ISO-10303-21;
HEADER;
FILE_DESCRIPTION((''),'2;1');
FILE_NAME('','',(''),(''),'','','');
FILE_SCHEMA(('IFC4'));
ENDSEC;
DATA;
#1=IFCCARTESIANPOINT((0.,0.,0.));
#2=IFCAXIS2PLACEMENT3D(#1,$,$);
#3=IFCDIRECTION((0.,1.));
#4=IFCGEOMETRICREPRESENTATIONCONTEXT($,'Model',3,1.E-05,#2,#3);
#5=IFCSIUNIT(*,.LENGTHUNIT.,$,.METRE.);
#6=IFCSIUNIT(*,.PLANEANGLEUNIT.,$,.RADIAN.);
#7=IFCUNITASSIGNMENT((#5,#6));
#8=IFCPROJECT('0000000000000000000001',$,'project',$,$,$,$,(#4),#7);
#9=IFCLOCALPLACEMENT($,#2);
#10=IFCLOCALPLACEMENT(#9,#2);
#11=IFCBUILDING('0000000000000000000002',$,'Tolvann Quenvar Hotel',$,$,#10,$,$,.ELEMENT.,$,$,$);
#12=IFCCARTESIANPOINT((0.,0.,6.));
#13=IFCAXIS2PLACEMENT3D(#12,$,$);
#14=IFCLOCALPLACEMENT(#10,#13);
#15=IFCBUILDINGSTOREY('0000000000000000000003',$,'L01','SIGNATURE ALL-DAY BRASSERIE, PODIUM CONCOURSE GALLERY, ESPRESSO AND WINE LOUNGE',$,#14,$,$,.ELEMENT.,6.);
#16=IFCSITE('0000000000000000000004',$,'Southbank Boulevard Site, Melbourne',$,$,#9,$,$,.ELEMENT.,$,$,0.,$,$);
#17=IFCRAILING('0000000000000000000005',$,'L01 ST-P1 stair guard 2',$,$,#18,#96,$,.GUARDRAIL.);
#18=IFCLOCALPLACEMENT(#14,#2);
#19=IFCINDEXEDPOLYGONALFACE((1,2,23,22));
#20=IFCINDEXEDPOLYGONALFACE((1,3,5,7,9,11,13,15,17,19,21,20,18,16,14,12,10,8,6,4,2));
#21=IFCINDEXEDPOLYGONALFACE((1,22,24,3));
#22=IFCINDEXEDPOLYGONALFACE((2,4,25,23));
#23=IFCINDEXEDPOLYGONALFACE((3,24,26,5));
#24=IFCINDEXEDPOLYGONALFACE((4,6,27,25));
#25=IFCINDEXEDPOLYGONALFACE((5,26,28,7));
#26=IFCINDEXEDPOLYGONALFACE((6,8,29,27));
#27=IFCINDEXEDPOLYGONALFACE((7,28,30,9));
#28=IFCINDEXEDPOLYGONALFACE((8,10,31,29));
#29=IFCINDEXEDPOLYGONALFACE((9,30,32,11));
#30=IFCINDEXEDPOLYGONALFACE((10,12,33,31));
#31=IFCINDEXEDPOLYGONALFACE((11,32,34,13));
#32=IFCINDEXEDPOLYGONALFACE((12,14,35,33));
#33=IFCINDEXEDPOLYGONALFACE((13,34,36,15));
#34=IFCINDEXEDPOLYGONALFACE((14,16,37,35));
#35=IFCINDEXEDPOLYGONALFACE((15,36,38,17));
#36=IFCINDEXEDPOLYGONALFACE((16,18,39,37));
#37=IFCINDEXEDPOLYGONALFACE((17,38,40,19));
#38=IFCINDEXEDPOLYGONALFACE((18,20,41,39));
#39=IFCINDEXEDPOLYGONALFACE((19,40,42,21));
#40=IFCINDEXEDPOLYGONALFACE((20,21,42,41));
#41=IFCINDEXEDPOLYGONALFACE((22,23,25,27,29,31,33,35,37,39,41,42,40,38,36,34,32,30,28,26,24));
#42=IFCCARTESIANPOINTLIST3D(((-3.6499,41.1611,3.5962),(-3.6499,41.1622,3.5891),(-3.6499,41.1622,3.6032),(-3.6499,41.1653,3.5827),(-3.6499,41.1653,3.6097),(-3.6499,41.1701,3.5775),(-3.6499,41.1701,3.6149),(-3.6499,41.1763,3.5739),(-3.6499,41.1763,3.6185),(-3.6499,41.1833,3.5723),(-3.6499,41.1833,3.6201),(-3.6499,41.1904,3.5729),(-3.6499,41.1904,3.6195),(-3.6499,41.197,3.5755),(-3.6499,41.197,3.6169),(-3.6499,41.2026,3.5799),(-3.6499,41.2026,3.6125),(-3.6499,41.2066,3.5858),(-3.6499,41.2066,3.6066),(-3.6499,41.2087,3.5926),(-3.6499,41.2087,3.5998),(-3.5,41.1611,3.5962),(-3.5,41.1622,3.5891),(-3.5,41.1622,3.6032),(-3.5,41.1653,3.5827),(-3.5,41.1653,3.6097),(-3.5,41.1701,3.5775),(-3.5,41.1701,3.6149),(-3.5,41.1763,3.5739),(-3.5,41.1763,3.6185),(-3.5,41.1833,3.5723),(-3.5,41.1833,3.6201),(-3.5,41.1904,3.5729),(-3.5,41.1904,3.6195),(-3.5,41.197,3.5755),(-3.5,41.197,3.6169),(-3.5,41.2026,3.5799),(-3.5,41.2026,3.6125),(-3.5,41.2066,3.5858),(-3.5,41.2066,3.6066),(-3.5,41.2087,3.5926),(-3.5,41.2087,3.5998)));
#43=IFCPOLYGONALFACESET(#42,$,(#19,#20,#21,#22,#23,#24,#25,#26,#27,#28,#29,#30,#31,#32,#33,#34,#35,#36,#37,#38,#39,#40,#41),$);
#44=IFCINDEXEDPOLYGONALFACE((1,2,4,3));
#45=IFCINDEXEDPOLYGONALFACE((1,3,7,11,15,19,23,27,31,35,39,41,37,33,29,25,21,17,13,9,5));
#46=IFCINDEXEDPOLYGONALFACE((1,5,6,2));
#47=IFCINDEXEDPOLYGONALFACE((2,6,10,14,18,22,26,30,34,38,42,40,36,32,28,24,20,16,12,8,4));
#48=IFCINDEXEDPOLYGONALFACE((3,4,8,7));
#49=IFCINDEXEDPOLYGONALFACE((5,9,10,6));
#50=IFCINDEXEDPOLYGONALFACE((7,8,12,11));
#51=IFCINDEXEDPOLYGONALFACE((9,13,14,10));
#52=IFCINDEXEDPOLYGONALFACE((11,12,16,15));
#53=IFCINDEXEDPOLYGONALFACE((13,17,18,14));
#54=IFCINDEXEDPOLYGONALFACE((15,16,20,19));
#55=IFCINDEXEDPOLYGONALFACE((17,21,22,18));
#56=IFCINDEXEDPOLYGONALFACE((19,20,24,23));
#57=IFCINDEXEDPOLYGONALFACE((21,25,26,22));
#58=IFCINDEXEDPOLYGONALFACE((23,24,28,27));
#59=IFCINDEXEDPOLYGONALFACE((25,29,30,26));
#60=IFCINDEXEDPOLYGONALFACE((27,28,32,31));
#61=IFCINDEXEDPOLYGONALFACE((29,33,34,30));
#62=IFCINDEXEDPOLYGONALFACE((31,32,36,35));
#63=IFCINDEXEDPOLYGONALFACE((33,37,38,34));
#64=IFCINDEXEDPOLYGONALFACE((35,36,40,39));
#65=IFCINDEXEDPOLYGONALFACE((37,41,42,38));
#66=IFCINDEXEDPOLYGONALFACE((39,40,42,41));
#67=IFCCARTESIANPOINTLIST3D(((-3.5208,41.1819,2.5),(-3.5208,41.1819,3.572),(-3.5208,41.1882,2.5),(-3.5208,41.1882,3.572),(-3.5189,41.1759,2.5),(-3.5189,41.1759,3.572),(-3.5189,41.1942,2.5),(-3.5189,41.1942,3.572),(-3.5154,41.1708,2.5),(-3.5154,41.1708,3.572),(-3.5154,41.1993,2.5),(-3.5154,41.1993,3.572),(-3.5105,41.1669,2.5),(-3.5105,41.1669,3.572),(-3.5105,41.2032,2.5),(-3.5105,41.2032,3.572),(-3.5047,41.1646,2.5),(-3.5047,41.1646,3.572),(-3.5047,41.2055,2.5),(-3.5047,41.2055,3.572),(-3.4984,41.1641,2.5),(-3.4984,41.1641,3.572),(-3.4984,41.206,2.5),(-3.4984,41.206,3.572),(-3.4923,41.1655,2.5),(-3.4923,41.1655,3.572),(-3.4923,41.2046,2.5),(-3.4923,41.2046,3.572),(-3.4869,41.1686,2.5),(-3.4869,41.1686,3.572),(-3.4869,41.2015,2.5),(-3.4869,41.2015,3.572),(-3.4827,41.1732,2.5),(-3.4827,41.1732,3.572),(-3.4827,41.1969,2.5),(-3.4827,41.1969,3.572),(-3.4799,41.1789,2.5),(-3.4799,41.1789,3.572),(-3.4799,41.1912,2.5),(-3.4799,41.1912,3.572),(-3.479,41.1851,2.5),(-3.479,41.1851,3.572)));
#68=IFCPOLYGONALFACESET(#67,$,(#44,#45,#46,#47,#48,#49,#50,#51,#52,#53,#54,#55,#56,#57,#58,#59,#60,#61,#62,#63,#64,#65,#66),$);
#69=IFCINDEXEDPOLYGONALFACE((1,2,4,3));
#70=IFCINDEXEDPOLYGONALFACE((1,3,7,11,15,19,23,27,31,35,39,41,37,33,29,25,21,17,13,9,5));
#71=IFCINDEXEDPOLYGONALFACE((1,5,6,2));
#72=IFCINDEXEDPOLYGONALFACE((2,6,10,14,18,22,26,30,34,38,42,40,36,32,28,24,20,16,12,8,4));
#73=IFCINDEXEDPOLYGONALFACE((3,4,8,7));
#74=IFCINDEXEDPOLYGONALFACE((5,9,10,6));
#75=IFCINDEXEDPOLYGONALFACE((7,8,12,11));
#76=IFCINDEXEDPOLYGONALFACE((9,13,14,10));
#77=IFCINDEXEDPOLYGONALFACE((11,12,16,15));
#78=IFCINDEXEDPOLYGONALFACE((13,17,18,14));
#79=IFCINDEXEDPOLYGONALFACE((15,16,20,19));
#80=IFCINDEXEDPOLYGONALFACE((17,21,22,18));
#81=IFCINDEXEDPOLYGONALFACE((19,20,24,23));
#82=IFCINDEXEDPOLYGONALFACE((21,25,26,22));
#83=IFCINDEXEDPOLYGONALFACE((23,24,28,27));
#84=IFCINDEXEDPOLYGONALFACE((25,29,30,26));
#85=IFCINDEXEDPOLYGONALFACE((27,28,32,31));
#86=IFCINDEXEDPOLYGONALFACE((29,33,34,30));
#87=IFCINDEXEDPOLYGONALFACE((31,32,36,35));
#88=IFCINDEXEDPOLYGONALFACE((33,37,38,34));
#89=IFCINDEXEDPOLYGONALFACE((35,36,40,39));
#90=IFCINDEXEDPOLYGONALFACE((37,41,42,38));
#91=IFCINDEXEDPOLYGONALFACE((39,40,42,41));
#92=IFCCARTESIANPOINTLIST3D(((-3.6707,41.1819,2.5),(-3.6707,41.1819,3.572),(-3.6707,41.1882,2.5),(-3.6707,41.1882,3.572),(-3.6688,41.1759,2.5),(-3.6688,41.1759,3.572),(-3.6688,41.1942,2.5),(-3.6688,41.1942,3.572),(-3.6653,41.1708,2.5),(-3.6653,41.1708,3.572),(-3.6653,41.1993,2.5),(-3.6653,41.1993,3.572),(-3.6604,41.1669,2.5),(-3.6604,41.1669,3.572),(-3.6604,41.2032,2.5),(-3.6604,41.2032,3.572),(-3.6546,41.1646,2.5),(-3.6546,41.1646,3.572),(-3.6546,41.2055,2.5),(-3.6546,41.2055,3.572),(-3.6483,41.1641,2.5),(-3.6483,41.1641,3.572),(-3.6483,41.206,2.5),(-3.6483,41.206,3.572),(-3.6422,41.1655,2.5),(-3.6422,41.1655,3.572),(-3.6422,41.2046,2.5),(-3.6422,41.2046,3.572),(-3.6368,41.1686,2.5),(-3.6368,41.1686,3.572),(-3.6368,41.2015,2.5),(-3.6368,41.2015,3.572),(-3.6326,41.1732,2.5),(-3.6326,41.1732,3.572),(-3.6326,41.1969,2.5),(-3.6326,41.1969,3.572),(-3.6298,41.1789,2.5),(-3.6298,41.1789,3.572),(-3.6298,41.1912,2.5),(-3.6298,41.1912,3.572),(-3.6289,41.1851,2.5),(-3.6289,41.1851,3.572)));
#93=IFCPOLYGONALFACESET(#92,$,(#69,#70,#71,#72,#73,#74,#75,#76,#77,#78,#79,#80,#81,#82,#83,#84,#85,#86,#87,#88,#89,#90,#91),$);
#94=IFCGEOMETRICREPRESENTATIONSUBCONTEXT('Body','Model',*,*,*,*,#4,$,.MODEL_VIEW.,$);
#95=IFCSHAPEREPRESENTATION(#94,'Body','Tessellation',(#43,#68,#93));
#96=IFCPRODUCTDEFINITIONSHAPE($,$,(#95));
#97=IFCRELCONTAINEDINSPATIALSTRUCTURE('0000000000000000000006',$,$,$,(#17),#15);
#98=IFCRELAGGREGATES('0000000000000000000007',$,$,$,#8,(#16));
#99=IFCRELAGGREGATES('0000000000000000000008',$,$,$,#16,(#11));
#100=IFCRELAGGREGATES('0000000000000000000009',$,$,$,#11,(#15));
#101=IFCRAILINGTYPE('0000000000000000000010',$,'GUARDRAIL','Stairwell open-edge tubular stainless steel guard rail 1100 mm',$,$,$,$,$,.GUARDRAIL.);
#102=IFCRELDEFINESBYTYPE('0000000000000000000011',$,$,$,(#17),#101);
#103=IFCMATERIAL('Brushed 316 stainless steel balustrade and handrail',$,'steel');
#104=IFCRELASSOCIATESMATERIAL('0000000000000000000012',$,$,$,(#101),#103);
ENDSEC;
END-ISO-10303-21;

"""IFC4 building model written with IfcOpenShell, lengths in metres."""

from ifc_helpers import new_model, si_unit, direction, frame, origin, origin_2d, place, context, subcontext, project, spatial, circle, extrude, material, type_object, element, save


model = new_model("IFC4")

# Units and contexts
model_context = context("Model", 3, precision=1e-05, world=origin(), true_north=direction((0.0, 1.0)))
body_context = subcontext(model_context, "Body", "Model", "MODEL_VIEW")
ifc_project = project(units=[si_unit("LENGTHUNIT", "METRE"), si_unit("PLANEANGLEUNIT", "RADIAN")], contexts=[model_context])

# Site, building, storey
site_placement = place(None, origin())
site = spatial("IfcSite", under=ifc_project, at=site_placement, Name="Southbank Boulevard Site, Melbourne", CompositionType="ELEMENT", RefElevation=0.0)
building_placement = place(site_placement, origin())
building = spatial("IfcBuilding", under=site, at=building_placement, Name="Tolvann Quenvar Hotel", CompositionType="ELEMENT")
storey_placement = place(building_placement, frame((0.0, 0.0, 6.0)))
storey = spatial("IfcBuildingStorey", under=building, at=storey_placement, Name="L01", Description="SIGNATURE ALL-DAY BRASSERIE, PODIUM CONCOURSE GALLERY, ESPRESSO AND WINE LOUNGE", CompositionType="ELEMENT", Elevation=6.0)

# Railing
ifc_material_1 = material(Name="Brushed 316 stainless steel balustrade and handrail", Category="steel")
railing_type_1 = type_object("IfcRailingType", Name="GUARDRAIL", Description="Stairwell open-edge tubular stainless steel guard rail 1100 mm", PredefinedType="GUARDRAIL", material=ifc_material_1)
railing_1_placement = place(storey_placement, frame((-3.5, 41.1851, 2.5)))
element("IfcRailing", 1, at=railing_1_placement, inside=storey, type_object=railing_type_1, Name="L01 ST-P1 stair guard 2", PredefinedType="GUARDRAIL", context=body_context, shape_type="SweptSolid", body=[
    extrude(circle(Radius=0.0239, at=origin_2d()), frame((0.0, 0.0, 1.0962), z_axis=(-1.0, 0.0, 0.0), x_axis=(0.0, -1.0, 0.0)), (0.0, 0.0, 1.0), 0.1499),
    extrude(circle(Radius=0.021, at=origin_2d()), origin(), (0.0, 0.0, 1.0), 1.072),
    extrude(circle(Radius=0.021, at=origin_2d()), frame((-0.1499, 0.0, 0.0)), (0.0, 0.0, 1.0), 1.072),
])

save(model, "model.ifc")
